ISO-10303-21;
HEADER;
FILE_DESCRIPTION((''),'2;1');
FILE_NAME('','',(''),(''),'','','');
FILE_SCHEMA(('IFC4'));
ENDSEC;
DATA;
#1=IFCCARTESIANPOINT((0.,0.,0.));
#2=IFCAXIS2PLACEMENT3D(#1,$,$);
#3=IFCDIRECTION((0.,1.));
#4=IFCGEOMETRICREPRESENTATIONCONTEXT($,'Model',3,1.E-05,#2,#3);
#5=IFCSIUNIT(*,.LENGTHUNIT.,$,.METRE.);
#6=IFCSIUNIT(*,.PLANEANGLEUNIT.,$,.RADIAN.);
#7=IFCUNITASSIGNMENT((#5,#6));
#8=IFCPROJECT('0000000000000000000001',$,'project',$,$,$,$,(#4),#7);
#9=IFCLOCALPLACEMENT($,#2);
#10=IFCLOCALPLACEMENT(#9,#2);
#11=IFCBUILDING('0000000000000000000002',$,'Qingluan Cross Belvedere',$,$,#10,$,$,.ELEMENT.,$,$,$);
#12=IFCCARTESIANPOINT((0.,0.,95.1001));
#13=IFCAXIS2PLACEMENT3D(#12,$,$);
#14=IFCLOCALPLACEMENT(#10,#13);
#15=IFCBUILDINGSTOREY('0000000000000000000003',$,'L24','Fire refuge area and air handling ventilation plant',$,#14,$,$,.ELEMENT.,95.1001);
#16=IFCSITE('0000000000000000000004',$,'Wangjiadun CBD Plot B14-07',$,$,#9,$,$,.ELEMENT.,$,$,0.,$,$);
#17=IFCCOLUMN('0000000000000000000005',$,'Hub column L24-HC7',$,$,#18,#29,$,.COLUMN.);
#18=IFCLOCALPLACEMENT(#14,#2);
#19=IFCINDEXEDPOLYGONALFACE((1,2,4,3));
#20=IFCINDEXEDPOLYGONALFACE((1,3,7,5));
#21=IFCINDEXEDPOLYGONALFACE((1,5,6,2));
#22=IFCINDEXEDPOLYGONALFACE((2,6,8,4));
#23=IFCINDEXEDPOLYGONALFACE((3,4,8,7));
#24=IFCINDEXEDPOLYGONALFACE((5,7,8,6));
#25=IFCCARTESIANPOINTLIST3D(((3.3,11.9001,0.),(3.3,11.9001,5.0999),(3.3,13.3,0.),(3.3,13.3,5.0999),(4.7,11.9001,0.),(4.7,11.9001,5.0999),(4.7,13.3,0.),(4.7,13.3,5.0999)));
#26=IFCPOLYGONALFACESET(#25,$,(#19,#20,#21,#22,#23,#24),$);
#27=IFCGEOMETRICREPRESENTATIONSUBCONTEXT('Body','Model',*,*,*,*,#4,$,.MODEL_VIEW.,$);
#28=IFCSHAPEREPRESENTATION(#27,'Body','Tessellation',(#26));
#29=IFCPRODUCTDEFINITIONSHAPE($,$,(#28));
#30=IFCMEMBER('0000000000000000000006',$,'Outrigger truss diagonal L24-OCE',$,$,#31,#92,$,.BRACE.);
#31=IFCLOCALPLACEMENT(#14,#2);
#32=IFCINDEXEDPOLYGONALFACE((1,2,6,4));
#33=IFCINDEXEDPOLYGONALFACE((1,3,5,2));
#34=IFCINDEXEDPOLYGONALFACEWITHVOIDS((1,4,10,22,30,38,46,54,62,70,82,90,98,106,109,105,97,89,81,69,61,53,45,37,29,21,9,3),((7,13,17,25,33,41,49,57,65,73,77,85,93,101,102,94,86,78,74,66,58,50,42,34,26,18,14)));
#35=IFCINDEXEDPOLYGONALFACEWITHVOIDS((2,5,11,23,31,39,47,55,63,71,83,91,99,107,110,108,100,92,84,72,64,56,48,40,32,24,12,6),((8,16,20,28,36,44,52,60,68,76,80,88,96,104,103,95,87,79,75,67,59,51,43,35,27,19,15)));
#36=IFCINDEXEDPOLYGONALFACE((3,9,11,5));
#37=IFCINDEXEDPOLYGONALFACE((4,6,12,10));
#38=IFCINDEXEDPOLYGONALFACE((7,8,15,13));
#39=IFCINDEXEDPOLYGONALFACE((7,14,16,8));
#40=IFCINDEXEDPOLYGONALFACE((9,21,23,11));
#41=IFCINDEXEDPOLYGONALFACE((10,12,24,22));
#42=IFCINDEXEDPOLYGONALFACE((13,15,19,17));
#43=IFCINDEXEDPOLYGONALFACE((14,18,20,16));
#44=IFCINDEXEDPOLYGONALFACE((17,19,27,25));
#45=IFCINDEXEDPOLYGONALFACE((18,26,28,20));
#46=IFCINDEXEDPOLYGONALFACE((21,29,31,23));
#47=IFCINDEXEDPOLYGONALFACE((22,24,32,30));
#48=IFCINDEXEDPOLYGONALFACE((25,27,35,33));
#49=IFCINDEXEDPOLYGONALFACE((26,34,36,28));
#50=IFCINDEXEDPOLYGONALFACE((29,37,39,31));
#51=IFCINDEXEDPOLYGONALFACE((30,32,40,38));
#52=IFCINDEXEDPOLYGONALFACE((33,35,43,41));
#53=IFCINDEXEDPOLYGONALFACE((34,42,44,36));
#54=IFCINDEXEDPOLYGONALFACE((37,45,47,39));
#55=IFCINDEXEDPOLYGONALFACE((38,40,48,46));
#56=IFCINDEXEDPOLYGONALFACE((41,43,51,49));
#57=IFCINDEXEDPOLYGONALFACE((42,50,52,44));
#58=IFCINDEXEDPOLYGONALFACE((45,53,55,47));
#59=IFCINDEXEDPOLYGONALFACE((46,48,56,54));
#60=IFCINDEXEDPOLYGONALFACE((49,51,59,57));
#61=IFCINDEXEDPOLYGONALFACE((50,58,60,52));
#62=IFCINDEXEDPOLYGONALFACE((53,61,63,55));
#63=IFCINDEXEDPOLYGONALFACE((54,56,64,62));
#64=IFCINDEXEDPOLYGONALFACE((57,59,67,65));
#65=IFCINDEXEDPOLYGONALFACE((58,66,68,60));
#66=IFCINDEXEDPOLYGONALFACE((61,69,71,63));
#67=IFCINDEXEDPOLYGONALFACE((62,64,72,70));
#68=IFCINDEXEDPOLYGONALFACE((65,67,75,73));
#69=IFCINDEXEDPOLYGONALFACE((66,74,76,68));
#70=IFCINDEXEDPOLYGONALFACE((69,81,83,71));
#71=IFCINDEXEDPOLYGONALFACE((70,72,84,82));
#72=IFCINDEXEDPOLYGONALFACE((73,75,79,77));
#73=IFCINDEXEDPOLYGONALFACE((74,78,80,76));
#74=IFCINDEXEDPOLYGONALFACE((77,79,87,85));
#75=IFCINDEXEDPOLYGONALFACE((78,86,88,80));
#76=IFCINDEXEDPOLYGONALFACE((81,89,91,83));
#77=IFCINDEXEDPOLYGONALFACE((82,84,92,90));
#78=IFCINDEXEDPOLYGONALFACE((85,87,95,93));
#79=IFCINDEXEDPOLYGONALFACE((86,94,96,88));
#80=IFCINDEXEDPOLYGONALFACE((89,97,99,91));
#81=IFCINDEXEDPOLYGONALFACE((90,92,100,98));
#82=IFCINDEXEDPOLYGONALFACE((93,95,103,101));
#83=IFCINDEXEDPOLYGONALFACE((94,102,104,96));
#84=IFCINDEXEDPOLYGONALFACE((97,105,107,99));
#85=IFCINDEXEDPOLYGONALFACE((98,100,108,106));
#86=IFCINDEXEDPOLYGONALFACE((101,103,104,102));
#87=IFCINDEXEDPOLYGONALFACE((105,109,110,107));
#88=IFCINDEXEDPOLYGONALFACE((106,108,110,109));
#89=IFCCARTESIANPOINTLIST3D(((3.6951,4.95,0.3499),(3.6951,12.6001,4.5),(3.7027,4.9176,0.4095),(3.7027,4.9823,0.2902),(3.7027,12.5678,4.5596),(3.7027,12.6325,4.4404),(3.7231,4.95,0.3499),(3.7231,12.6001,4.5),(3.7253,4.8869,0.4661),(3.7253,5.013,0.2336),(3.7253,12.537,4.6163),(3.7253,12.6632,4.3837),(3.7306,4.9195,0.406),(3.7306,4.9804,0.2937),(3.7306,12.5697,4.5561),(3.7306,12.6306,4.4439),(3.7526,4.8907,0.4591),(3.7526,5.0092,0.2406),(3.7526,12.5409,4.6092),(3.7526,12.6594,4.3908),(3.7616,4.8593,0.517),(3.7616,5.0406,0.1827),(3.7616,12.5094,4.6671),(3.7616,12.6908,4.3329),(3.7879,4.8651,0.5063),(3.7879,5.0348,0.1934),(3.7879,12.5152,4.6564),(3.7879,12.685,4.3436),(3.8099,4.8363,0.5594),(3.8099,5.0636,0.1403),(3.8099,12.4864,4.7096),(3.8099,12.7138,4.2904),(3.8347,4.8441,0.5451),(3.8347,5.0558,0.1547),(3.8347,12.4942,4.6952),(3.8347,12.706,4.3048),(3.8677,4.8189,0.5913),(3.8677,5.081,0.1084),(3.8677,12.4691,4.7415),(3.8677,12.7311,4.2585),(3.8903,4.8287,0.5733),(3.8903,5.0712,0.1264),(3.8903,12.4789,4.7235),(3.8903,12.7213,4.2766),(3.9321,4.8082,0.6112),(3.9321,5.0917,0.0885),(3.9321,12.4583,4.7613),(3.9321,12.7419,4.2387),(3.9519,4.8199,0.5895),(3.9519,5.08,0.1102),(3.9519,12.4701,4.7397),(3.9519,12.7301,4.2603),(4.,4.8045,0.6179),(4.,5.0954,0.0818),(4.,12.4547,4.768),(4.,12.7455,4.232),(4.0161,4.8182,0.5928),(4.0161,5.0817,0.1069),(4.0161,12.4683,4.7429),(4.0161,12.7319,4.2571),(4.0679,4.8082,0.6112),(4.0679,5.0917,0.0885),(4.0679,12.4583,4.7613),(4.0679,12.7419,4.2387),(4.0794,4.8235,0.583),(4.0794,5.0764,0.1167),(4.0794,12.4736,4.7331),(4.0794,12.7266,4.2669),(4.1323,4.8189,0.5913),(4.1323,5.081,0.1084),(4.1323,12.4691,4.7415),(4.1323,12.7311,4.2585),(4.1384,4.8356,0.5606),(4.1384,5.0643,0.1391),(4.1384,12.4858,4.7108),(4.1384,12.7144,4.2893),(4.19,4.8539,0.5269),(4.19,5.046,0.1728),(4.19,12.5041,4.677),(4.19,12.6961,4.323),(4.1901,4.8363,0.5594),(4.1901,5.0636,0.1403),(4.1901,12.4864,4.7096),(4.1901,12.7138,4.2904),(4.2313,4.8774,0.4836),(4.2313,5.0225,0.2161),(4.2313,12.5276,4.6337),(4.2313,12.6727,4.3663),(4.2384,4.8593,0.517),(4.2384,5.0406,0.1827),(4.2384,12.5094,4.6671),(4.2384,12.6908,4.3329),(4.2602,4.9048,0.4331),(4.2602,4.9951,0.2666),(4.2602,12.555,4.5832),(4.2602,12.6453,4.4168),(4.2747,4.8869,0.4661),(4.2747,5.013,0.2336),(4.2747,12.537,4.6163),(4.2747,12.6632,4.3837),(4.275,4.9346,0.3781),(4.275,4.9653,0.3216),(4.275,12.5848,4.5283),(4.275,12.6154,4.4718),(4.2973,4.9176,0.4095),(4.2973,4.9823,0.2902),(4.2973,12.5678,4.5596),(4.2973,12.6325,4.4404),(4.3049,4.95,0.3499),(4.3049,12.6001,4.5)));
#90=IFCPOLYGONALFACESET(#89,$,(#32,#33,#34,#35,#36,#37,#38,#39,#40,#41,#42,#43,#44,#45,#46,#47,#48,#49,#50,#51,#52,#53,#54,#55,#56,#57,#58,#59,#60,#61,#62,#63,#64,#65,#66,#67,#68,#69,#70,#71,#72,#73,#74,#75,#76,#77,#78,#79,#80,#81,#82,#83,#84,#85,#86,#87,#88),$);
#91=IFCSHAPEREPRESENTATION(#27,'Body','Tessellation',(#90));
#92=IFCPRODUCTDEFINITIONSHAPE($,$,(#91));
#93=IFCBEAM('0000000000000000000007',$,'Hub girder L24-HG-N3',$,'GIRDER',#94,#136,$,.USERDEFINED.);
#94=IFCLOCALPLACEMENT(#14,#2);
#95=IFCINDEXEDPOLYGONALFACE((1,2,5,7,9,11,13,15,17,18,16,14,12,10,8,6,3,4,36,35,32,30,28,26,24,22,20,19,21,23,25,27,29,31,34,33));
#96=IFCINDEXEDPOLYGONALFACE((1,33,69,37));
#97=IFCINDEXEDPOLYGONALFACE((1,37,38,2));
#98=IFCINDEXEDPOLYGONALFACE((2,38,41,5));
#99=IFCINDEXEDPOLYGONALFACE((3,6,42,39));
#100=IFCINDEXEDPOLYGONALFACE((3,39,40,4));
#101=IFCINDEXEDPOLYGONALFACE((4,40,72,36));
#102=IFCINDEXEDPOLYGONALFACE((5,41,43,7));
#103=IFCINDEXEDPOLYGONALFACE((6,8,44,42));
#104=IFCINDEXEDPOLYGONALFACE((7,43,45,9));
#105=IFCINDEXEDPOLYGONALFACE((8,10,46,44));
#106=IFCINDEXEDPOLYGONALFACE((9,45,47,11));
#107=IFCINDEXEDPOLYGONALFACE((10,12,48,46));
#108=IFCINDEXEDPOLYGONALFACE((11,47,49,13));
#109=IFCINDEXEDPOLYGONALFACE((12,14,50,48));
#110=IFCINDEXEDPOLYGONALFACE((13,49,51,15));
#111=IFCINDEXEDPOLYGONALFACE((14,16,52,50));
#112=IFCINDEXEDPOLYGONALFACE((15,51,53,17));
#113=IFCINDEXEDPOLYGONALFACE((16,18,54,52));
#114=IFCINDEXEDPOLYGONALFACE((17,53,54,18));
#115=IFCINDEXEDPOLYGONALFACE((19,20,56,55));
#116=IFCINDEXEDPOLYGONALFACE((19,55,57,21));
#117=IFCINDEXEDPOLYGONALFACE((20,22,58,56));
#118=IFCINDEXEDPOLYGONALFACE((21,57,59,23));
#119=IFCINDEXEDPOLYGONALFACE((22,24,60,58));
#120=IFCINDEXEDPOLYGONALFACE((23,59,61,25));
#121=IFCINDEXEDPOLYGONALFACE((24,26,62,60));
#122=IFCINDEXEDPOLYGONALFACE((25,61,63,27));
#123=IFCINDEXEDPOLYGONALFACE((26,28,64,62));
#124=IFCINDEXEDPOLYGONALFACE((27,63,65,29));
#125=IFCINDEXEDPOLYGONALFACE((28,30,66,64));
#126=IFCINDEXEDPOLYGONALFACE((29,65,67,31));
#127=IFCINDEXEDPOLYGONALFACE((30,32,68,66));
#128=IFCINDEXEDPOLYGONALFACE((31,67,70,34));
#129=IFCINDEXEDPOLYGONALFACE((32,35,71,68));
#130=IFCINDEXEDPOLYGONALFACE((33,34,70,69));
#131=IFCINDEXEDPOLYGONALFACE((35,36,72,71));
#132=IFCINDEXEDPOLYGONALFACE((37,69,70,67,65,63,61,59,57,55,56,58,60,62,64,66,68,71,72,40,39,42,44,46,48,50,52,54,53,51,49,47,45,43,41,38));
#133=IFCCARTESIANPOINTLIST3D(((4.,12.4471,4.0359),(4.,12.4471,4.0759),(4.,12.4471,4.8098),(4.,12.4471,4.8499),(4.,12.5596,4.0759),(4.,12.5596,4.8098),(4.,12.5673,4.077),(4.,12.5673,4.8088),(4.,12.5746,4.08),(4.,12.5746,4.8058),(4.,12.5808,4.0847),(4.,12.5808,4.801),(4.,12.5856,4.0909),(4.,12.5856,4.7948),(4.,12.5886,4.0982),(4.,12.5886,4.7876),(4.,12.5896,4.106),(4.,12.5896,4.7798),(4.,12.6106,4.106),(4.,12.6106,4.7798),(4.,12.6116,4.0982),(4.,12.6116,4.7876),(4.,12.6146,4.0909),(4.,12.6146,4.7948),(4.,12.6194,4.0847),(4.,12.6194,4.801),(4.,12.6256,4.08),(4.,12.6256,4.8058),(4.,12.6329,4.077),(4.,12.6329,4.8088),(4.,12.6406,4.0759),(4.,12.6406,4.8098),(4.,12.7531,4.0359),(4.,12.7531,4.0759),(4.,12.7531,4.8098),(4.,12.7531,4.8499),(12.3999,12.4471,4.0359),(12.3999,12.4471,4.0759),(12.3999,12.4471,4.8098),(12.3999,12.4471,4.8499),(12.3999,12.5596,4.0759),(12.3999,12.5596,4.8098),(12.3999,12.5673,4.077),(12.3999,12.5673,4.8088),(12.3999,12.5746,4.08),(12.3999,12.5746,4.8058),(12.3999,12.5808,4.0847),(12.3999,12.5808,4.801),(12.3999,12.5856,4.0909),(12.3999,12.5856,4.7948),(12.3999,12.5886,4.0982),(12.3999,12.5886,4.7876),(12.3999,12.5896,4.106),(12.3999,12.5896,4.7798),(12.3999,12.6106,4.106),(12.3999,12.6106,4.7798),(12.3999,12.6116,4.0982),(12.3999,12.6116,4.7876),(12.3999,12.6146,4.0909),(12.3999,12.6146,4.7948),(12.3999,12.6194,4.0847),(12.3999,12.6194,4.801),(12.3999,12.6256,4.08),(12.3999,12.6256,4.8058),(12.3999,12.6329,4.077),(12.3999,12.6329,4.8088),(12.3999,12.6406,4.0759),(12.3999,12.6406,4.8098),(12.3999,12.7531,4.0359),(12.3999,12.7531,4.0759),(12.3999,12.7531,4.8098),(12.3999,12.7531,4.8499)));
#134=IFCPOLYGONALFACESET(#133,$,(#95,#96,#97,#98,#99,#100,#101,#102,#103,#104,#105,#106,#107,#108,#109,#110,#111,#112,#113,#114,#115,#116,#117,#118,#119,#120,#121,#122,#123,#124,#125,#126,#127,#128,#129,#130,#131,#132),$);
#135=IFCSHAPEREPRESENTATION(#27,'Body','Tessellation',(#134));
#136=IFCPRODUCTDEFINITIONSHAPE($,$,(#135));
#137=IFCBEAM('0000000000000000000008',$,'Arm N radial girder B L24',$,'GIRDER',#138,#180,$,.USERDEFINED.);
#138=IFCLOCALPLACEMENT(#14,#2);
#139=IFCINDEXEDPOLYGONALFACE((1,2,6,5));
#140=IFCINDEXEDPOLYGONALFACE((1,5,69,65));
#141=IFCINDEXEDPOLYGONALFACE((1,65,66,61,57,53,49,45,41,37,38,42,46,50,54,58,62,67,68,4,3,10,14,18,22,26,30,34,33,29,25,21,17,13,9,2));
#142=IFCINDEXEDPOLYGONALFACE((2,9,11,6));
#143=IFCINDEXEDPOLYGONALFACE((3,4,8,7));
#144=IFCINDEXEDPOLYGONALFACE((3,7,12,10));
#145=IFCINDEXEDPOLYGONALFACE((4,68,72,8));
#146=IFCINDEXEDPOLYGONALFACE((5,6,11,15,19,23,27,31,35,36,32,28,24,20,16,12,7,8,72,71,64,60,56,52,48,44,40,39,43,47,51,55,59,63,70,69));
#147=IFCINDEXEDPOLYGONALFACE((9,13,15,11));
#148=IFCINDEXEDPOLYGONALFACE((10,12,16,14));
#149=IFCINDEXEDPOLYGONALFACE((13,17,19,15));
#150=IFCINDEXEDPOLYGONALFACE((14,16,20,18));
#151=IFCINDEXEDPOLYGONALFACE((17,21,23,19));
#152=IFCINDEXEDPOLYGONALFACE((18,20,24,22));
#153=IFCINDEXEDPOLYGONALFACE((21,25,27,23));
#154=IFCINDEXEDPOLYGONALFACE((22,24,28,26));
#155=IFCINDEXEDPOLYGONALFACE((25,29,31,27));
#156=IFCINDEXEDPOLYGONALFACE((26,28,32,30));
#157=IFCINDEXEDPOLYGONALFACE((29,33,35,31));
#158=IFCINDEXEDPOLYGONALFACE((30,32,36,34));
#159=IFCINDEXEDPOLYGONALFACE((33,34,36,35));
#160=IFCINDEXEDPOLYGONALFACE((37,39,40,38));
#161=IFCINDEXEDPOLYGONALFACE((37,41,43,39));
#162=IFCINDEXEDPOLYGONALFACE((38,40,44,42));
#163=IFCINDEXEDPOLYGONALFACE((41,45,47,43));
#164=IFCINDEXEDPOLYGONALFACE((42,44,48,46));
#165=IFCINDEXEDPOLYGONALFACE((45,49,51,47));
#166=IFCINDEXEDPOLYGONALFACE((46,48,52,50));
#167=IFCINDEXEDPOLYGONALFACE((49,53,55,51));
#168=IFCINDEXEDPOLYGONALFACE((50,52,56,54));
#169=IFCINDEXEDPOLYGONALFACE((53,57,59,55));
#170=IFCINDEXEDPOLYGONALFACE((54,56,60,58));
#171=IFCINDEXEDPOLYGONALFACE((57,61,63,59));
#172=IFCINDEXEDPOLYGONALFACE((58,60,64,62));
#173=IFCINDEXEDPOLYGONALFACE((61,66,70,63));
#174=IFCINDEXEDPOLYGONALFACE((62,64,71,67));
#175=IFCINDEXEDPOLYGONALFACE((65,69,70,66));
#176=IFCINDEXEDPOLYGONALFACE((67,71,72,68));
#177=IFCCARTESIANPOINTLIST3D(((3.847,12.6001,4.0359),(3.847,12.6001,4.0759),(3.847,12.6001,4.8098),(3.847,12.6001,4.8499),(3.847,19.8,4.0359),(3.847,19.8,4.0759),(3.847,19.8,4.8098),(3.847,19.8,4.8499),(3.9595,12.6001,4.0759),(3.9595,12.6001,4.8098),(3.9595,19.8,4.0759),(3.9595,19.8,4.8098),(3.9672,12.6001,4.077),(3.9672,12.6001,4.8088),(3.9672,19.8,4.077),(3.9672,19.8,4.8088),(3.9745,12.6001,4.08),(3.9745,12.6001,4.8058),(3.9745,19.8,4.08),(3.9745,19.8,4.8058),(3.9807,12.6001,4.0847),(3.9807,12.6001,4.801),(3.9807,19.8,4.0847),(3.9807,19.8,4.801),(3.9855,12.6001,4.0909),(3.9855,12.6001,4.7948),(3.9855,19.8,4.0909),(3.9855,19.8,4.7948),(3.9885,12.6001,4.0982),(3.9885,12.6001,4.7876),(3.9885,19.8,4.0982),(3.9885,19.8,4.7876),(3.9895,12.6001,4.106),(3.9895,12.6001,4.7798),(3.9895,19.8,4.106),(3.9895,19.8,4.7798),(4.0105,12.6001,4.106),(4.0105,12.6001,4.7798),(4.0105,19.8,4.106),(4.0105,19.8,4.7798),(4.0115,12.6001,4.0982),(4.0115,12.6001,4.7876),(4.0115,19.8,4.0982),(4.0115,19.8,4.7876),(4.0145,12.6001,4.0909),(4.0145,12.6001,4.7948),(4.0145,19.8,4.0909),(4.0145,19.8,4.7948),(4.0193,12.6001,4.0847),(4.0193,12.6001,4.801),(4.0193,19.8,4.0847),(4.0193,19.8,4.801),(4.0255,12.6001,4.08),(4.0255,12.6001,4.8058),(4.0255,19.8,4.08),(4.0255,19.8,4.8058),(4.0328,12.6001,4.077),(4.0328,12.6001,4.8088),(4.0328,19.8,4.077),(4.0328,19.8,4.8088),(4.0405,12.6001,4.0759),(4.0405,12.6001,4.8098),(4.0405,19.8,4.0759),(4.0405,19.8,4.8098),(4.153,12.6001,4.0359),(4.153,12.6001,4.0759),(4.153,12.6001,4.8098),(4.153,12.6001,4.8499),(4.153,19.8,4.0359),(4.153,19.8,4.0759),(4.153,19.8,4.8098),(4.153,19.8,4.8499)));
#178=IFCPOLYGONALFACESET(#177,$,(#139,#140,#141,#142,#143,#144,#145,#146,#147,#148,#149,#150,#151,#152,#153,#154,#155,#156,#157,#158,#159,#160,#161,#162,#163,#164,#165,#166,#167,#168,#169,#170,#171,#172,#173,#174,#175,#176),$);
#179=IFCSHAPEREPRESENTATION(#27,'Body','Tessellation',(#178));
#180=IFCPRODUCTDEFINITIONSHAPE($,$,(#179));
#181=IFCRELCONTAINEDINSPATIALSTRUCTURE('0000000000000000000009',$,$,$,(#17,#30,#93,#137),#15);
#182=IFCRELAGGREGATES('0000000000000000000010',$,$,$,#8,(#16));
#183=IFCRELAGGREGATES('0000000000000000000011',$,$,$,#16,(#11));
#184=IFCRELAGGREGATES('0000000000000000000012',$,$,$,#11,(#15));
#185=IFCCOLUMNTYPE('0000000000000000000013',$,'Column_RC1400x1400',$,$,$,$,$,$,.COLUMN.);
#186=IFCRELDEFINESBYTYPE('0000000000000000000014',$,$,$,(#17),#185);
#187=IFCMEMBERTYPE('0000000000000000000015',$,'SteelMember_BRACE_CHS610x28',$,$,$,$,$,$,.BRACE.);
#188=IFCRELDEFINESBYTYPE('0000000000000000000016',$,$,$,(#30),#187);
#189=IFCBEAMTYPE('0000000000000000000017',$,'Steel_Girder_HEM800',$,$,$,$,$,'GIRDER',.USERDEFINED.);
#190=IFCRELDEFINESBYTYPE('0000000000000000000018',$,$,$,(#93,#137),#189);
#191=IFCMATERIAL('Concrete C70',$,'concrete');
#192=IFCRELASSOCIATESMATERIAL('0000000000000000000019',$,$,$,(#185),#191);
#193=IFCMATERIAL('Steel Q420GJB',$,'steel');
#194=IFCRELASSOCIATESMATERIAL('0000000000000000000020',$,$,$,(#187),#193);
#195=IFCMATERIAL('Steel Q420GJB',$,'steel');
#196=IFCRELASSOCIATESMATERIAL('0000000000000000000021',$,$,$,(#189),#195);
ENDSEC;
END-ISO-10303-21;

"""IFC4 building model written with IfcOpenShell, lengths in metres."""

from ifc_helpers import new_model, si_unit, direction, frame, origin, origin_2d, place, context, subcontext, project, spatial, rectangle, hollow_circle, i_section, extrude, material, material_profile, profile_set, type_object, element, save


model = new_model("IFC4")

# Units and contexts
model_context = context("Model", 3, precision=1e-05, world=origin(), true_north=direction((0.0, 1.0)))
body_context = subcontext(model_context, "Body", "Model", "MODEL_VIEW")
ifc_project = project(units=[si_unit("LENGTHUNIT", "METRE"), si_unit("PLANEANGLEUNIT", "RADIAN")], contexts=[model_context])

# Site, building, storey
site_placement = place(None, origin())
site = spatial("IfcSite", under=ifc_project, at=site_placement, Name="Wangjiadun CBD Plot B14-07", CompositionType="ELEMENT", RefElevation=0.0)
building_placement = place(site_placement, origin())
building = spatial("IfcBuilding", under=site, at=building_placement, Name="Qingluan Cross Belvedere", CompositionType="ELEMENT")
storey_placement = place(building_placement, frame((0.0, 0.0, 95.1001)))
storey = spatial("IfcBuildingStorey", under=building, at=storey_placement, Name="L24", Description="Fire refuge area and air handling ventilation plant", CompositionType="ELEMENT", Elevation=95.1001)

# Column
ifc_material_1 = material(Name="Concrete C70", Category="concrete")
ifc_material_profile_1 = material_profile(ifc_material_1, rectangle(XDim=1.3999, YDim=1.3999, at=origin_2d()), Name="RC1400x1400")
ifc_profile_set_1 = profile_set([ifc_material_profile_1], Name="Concrete C70")
column_type = type_object("IfcColumnType", Name="Column_RC1400x1400", PredefinedType="COLUMN", material=ifc_profile_set_1)
column_placement = place(storey_placement, frame((4.0, 12.6001, 0.0), z_axis=(0.0, 0.0, 1.0), x_axis=(1.0, 0.0, 0.0)))
element("IfcColumn", 1, at=column_placement, inside=storey, type_object=column_type, Name="Hub column L24-HC7", PredefinedType="COLUMN", context=body_context, shape_type="SweptSolid", body=[
    extrude(rectangle(XDim=1.3999, YDim=1.3999, at=origin_2d()), origin(), (0.0, 0.0, 1.0), 5.0999),
])

# Member
ifc_material_2 = material(Name="Steel Q420GJB", Category="steel")
ifc_material_profile_2 = material_profile(ifc_material_2, hollow_circle(Radius=0.3049, WallThickness=0.0281, at=origin_2d()), Name="CHS610x28")
ifc_profile_set_2 = profile_set([ifc_material_profile_2], Name="Steel Q420GJB")
member_type = type_object("IfcMemberType", Name="SteelMember_BRACE_CHS610x28", PredefinedType="BRACE", material=ifc_profile_set_2)
member_placement = place(storey_placement, frame((4.0, 4.95, 0.3499), z_axis=(0.0, 0.878988, 0.476844), x_axis=(-1.0, 0.0, 0.0)))
element("IfcMember", 2, at=member_placement, inside=storey, type_object=member_type, Name="Outrigger truss diagonal L24-OCE", PredefinedType="BRACE", context=body_context, shape_type="SweptSolid", body=[
    extrude(hollow_circle(Radius=0.3049, WallThickness=0.0281, at=origin_2d()), origin(), (0.0, 0.0, 1.0), 8.7034),
])

# Beams
ifc_material_3 = material(Name="Steel Q420GJB", Category="steel")
ifc_material_profile_3 = material_profile(ifc_material_3, i_section(OverallWidth=0.3059, OverallDepth=0.814, WebThickness=0.021, FlangeThickness=0.04, FilletRadius=0.03, at=origin_2d()), Name="HEM800")
ifc_profile_set_3 = profile_set([ifc_material_profile_3], Name="Steel Q420GJB")
beam_type = type_object("IfcBeamType", Name="Steel_Girder_HEM800", ElementType="GIRDER", PredefinedType="USERDEFINED", material=ifc_profile_set_3)
beam_1_placement = place(storey_placement, frame((4.0, 12.6001, 4.4429), z_axis=(1.0, 0.0, 0.0), x_axis=(0.0, 1.0, 0.0)))
element("IfcBeam", 3, at=beam_1_placement, inside=storey, type_object=beam_type, Name="Hub girder L24-HG-N3", ObjectType="GIRDER", PredefinedType="USERDEFINED", context=body_context, shape_type="SweptSolid", body=[
    extrude(i_section(OverallWidth=0.3059, OverallDepth=0.814, WebThickness=0.021, FlangeThickness=0.04, FilletRadius=0.03, at=origin_2d()), origin(), (0.0, 0.0, 1.0), 8.3999),
])
beam_2_placement = place(storey_placement, frame((4.0, 12.6001, 4.4429), z_axis=(0.0, 1.0, 0.0), x_axis=(-1.0, 0.0, 0.0)))
element("IfcBeam", 4, at=beam_2_placement, inside=storey, type_object=beam_type, Name="Arm N radial girder B L24", ObjectType="GIRDER", PredefinedType="USERDEFINED", context=body_context, shape_type="SweptSolid", body=[
    extrude(i_section(OverallWidth=0.3059, OverallDepth=0.814, WebThickness=0.021, FlangeThickness=0.04, FilletRadius=0.03, at=origin_2d()), origin(), (0.0, 0.0, 1.0), 7.2),
])

save(model, "model.ifc")
